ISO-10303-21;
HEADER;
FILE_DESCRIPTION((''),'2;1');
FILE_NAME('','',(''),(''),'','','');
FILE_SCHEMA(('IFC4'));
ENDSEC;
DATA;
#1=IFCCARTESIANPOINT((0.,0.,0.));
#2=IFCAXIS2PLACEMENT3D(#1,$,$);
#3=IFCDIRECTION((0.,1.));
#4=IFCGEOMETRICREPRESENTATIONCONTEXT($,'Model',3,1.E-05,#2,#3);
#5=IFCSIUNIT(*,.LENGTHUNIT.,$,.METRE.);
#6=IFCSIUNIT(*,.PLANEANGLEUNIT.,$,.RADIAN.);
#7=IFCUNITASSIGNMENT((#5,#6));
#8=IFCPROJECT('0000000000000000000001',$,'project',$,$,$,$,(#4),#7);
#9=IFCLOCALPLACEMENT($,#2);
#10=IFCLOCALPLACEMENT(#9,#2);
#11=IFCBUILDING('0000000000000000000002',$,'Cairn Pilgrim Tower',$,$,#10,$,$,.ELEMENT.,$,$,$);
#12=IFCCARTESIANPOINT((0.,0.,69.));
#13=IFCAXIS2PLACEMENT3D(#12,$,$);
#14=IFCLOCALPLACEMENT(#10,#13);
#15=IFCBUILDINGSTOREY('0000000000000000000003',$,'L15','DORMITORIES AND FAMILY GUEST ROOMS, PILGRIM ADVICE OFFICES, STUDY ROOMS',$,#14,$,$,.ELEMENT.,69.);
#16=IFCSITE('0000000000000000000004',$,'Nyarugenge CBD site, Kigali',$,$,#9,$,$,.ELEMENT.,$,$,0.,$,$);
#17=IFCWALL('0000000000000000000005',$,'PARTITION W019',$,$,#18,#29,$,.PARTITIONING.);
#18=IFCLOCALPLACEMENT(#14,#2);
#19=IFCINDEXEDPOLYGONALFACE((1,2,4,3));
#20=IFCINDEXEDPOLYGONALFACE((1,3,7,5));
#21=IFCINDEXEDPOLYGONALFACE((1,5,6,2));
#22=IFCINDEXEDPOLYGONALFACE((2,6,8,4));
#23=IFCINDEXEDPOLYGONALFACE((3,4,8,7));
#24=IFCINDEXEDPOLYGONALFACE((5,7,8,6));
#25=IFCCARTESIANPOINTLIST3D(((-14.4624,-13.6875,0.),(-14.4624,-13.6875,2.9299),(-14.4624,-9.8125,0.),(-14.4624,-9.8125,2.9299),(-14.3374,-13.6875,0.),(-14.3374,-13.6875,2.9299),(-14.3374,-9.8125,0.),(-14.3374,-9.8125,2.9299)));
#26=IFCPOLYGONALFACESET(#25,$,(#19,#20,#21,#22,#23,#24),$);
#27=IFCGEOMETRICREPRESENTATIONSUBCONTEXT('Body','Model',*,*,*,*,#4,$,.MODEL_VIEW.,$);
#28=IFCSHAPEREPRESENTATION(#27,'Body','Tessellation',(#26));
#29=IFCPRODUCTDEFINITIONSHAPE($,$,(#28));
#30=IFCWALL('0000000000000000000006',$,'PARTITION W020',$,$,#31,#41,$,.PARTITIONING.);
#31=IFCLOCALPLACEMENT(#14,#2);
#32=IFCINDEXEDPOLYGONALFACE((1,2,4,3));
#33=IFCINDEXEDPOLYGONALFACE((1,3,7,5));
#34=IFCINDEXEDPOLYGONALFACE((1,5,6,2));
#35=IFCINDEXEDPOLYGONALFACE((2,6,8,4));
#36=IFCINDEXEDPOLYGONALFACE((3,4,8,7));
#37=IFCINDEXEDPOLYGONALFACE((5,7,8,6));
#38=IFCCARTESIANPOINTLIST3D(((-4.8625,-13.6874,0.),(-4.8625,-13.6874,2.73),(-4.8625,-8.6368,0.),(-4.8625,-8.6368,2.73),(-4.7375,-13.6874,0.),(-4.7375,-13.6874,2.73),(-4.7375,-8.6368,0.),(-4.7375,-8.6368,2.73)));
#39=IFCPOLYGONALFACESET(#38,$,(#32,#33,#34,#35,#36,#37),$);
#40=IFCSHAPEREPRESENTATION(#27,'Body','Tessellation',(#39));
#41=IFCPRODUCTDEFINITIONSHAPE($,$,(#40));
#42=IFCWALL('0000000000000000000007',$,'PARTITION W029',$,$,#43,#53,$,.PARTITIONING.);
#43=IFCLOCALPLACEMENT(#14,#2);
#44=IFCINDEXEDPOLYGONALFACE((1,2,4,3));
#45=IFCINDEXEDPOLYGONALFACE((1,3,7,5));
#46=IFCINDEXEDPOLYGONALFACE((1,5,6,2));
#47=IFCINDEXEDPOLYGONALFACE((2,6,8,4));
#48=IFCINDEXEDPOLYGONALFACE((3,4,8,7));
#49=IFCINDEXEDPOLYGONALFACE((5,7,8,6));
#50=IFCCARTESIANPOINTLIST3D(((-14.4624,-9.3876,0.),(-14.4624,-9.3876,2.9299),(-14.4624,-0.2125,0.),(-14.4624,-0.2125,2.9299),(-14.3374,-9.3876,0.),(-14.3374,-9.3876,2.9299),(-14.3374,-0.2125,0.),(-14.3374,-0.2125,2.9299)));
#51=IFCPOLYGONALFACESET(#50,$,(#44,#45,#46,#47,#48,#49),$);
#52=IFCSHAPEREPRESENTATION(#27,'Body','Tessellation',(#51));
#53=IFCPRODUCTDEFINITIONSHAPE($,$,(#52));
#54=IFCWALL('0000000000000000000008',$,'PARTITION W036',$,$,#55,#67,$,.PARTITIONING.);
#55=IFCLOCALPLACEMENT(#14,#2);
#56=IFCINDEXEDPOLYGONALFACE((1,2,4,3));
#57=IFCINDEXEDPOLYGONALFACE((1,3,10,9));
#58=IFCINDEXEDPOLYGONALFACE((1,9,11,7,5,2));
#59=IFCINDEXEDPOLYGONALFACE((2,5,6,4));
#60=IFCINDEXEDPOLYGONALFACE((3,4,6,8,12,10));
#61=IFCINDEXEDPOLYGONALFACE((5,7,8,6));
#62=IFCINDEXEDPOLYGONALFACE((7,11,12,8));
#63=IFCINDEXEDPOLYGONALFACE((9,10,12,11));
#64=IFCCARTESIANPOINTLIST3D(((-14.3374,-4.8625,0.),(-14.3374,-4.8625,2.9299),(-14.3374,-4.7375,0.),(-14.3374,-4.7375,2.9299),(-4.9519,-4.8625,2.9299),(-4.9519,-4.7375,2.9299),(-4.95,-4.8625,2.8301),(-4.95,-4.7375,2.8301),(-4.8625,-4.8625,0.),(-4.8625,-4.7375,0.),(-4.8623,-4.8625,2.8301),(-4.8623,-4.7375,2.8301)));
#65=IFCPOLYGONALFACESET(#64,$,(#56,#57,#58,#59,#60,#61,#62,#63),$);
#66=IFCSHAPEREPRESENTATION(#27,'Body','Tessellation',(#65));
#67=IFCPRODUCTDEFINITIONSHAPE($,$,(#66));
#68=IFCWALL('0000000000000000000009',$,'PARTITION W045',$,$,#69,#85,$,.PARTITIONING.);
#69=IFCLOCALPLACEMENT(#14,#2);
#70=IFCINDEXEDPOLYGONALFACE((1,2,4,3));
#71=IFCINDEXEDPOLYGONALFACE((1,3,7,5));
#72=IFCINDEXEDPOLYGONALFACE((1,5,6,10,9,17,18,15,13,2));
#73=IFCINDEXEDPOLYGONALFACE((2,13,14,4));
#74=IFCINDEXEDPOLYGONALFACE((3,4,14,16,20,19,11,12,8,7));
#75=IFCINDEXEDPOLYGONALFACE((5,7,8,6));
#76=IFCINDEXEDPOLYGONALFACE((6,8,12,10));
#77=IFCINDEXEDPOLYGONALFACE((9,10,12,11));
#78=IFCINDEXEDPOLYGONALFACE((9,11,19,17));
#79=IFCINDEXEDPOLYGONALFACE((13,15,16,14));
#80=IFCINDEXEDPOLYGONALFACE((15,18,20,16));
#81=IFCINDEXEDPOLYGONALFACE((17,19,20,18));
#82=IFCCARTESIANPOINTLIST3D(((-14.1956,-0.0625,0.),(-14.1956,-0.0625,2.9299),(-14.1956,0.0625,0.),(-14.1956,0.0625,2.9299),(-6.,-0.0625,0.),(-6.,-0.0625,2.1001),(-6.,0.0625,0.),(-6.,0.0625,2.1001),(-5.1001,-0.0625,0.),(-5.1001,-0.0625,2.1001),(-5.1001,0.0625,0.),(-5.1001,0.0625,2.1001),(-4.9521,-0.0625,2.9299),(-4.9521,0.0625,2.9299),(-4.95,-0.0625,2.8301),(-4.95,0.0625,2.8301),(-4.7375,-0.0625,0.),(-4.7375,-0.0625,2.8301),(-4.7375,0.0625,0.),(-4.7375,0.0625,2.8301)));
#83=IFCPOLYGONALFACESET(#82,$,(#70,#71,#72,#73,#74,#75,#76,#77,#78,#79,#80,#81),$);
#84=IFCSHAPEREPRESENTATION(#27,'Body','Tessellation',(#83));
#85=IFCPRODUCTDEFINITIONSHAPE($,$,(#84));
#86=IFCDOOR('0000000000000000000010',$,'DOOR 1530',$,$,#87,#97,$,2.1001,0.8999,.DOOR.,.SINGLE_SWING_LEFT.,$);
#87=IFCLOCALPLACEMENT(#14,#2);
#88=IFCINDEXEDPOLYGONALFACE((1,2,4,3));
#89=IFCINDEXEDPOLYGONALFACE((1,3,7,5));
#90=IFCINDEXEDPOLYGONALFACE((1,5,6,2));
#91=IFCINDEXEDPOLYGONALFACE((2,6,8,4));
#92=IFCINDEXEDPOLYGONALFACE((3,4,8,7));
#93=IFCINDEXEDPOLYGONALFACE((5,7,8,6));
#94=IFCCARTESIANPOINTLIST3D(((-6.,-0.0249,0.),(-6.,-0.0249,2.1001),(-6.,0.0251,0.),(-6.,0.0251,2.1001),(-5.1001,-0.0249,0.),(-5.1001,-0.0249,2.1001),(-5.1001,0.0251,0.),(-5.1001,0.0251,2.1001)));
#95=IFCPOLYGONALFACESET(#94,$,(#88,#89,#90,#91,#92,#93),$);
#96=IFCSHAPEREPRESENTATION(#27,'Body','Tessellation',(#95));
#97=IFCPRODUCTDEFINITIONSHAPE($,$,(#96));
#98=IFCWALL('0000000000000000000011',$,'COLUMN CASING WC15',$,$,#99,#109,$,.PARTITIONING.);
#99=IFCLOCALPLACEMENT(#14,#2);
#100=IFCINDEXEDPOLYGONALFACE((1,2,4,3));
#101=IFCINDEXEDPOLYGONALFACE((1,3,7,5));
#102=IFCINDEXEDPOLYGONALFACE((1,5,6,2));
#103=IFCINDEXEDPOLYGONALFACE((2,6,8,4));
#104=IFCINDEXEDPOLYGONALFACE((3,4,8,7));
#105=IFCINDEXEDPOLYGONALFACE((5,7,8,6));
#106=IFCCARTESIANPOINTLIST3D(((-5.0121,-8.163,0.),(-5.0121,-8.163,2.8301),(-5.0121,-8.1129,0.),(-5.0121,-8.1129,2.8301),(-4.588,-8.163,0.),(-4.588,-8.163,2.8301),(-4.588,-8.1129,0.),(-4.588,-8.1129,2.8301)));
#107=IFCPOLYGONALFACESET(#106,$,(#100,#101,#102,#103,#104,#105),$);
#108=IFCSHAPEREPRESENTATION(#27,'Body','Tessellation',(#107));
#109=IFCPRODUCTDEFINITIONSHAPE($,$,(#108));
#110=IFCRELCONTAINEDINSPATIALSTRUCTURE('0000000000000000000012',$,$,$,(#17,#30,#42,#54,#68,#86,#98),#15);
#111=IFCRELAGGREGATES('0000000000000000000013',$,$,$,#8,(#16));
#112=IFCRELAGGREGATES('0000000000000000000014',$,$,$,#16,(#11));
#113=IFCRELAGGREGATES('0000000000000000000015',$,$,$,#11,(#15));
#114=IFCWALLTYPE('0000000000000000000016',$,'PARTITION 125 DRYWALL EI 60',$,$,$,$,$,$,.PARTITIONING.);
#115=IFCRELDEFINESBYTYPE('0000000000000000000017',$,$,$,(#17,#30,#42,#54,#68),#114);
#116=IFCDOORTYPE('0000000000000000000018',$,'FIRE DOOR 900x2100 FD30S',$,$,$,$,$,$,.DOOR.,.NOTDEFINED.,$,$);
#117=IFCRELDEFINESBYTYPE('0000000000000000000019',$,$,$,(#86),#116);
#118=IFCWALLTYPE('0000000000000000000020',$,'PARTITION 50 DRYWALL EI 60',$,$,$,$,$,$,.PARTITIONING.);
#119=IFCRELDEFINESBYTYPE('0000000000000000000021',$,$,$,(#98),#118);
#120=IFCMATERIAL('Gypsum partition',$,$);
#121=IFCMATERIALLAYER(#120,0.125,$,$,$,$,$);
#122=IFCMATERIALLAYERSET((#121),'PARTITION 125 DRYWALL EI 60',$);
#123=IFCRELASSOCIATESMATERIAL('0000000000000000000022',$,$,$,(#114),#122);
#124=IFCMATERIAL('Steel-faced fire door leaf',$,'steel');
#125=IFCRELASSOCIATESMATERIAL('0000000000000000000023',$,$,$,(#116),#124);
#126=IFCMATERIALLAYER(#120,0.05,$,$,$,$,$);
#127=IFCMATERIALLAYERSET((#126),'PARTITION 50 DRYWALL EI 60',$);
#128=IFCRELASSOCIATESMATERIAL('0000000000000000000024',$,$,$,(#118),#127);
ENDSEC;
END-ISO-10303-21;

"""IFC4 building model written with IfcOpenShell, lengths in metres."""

from ifc_helpers import new_model, si_unit, direction, frame, frame_2d, origin, place, context, subcontext, project, spatial, polyline, rectangle, outline, extrude, material, layer, layer_set, type_object, element, fill, save


model = new_model("IFC4")

# Units and contexts
model_context = context("Model", 3, precision=1e-05, world=origin(), true_north=direction((0.0, 1.0)))
body_context = subcontext(model_context, "Body", "Model", "MODEL_VIEW")
ifc_project = project(units=[si_unit("LENGTHUNIT", "METRE"), si_unit("PLANEANGLEUNIT", "RADIAN")], contexts=[model_context])

# Site, building, storey
site_placement = place(None, origin())
site = spatial("IfcSite", under=ifc_project, at=site_placement, Name="Nyarugenge CBD site, Kigali", CompositionType="ELEMENT", RefElevation=0.0)
building_placement = place(site_placement, origin())
building = spatial("IfcBuilding", under=site, at=building_placement, Name="Cairn Pilgrim Tower", CompositionType="ELEMENT")
storey_placement = place(building_placement, frame((0.0, 0.0, 69.0)))
storey = spatial("IfcBuildingStorey", under=building, at=storey_placement, Name="L15", Description="DORMITORIES AND FAMILY GUEST ROOMS, PILGRIM ADVICE OFFICES, STUDY ROOMS", CompositionType="ELEMENT", Elevation=69.0)

# Walls
ifc_material_1 = material(Name="Gypsum partition")
ifc_layer_1 = layer(ifc_material_1, 0.125)
ifc_layer_set_1 = layer_set([ifc_layer_1], Name="PARTITION 125 DRYWALL EI 60")
wall_type_1 = type_object("IfcWallType", Name="PARTITION 125 DRYWALL EI 60", PredefinedType="PARTITIONING", material=ifc_layer_set_1)
wall_1_placement = place(storey_placement, frame((-14.3999, -13.6875, 0.0), z_axis=(0.0, 0.0, 1.0), x_axis=(0.0, 1.0, 0.0)))
element("IfcWall", 1, at=wall_1_placement, inside=storey, type_object=wall_type_1, Name="PARTITION W019", PredefinedType="PARTITIONING", context=body_context, shape_type="SweptSolid", body=[
    extrude(rectangle(XDim=3.875, YDim=0.125, at=frame_2d((1.9375, 0.0))), origin(), (0.0, 0.0, 1.0), 2.9299),
])
wall_2_placement = place(storey_placement, frame((-4.8, -13.6875, 0.0), z_axis=(0.0, 0.0, 1.0), x_axis=(0.0, 1.0, 0.0)))
element("IfcWall", 2, at=wall_2_placement, inside=storey, type_object=wall_type_1, Name="PARTITION W020", PredefinedType="PARTITIONING", context=body_context, shape_type="SweptSolid", body=[
    extrude(rectangle(XDim=5.0505, YDim=0.125, at=frame_2d((2.5254, 0.0))), origin(), (0.0, 0.0, 1.0), 2.73),
])
wall_3_placement = place(storey_placement, frame((-14.3999, -9.3875, 0.0), z_axis=(0.0, 0.0, 1.0), x_axis=(0.0, 1.0, 0.0)))
element("IfcWall", 3, at=wall_3_placement, inside=storey, type_object=wall_type_1, Name="PARTITION W029", PredefinedType="PARTITIONING", context=body_context, shape_type="SweptSolid", body=[
    extrude(rectangle(XDim=9.175, YDim=0.125, at=frame_2d((4.5874, 0.0))), origin(), (0.0, 0.0, 1.0), 2.9299),
])
wall_4_placement = place(storey_placement, frame((-14.3374, -4.8, 0.0), z_axis=(0.0, 0.0, 1.0), x_axis=(1.0, 0.0, 0.0)))
element("IfcWall", 4, at=wall_4_placement, inside=storey, type_object=wall_type_1, Name="PARTITION W036", PredefinedType="PARTITIONING", context=body_context, shape_type="SweptSolid", body=[
    extrude(outline(polyline([(0.0, 0.0), (9.4749, 0.0), (9.4751, 2.8301), (9.3875, 2.8301), (9.3855, 2.9299), (0.0, 2.9299), (0.0, 0.0)])), frame((0.0, 0.0625, 0.0), z_axis=(0.0, -1.0, 0.0), x_axis=(1.0, 0.0, 0.0)), (0.0, 0.0, 1.0), 0.125),
])

# Wall, opening, door
wall_5_placement = place(storey_placement, frame((-14.1956, 0.0, 0.0), z_axis=(0.0, 0.0, 1.0), x_axis=(1.0, 0.0, 0.0)))
wall_5 = element("IfcWall", 5, at=wall_5_placement, inside=storey, type_object=wall_type_1, Name="PARTITION W045", PredefinedType="PARTITIONING", context=body_context, shape_type="SweptSolid", body=[
    extrude(outline(polyline([(0.0, 0.0), (9.458, 0.0), (9.458, 2.8301), (9.2456, 2.8301), (9.2434, 2.9299), (0.0, 2.9299), (0.0, 0.0)])), frame((0.0, 0.0625, 0.0), z_axis=(0.0, -1.0, 0.0), x_axis=(1.0, 0.0, 0.0)), (0.0, 0.0, 1.0), 0.125),
])
opening_placement = place(wall_5_placement, frame((8.1956, 0.0, 0.0)))
opening = element("IfcOpeningElement", 6, at=opening_placement, cuts=wall_5, PredefinedType="OPENING", context=body_context, shape_type="SweptSolid", body=[
    extrude(rectangle(XDim=0.8999, YDim=2.1001, at=frame_2d((0.45, 1.05))), frame((0.0, 0.0725, 0.0), z_axis=(0.0, -1.0, 0.0), x_axis=(1.0, 0.0, 0.0)), (0.0, 0.0, 1.0), 0.145),
])
ifc_material_2 = material(Name="Steel-faced fire door leaf", Category="steel")
door_type = type_object("IfcDoorType", Name="FIRE DOOR 900x2100 FD30S", OperationType="NOTDEFINED", PredefinedType="DOOR", material=ifc_material_2)
door_placement = place(opening_placement, frame((0.8999, 0.0, 0.0), z_axis=(0.0, 0.0, 1.0), x_axis=(-1.0, 0.0, 0.0)))
door = element("IfcDoor", 7, at=door_placement, inside=storey, type_object=door_type, Name="DOOR 1530", OperationType="SINGLE_SWING_LEFT", OverallHeight=2.1001, OverallWidth=0.8999, PredefinedType="DOOR", context=body_context, shape_type="SweptSolid", body=[
    extrude(rectangle(XDim=0.8999, YDim=2.1001, at=frame_2d((0.45, 1.05))), frame((0.0, 0.0249, 0.0), z_axis=(0.0, -1.0, 0.0), x_axis=(1.0, 0.0, 0.0)), (0.0, 0.0, 1.0), 0.05),
])
fill(opening, door)

# Wall
ifc_layer_2 = layer(ifc_material_1, 0.05)
ifc_layer_set_2 = layer_set([ifc_layer_2], Name="PARTITION 50 DRYWALL EI 60")
wall_type_2 = type_object("IfcWallType", Name="PARTITION 50 DRYWALL EI 60", PredefinedType="PARTITIONING", material=ifc_layer_set_2)
wall_6_placement = place(storey_placement, frame((-5.012, -8.1379, 0.0), z_axis=(0.0, 0.0, 1.0), x_axis=(1.0, 0.0, 0.0)))
element("IfcWall", 8, at=wall_6_placement, inside=storey, type_object=wall_type_2, Name="COLUMN CASING WC15", PredefinedType="PARTITIONING", context=body_context, shape_type="SweptSolid", body=[
    extrude(rectangle(XDim=0.4241, YDim=0.05, at=frame_2d((0.2119, 0.0))), origin(), (0.0, 0.0, 1.0), 2.8301),
])

save(model, "model.ifc")
